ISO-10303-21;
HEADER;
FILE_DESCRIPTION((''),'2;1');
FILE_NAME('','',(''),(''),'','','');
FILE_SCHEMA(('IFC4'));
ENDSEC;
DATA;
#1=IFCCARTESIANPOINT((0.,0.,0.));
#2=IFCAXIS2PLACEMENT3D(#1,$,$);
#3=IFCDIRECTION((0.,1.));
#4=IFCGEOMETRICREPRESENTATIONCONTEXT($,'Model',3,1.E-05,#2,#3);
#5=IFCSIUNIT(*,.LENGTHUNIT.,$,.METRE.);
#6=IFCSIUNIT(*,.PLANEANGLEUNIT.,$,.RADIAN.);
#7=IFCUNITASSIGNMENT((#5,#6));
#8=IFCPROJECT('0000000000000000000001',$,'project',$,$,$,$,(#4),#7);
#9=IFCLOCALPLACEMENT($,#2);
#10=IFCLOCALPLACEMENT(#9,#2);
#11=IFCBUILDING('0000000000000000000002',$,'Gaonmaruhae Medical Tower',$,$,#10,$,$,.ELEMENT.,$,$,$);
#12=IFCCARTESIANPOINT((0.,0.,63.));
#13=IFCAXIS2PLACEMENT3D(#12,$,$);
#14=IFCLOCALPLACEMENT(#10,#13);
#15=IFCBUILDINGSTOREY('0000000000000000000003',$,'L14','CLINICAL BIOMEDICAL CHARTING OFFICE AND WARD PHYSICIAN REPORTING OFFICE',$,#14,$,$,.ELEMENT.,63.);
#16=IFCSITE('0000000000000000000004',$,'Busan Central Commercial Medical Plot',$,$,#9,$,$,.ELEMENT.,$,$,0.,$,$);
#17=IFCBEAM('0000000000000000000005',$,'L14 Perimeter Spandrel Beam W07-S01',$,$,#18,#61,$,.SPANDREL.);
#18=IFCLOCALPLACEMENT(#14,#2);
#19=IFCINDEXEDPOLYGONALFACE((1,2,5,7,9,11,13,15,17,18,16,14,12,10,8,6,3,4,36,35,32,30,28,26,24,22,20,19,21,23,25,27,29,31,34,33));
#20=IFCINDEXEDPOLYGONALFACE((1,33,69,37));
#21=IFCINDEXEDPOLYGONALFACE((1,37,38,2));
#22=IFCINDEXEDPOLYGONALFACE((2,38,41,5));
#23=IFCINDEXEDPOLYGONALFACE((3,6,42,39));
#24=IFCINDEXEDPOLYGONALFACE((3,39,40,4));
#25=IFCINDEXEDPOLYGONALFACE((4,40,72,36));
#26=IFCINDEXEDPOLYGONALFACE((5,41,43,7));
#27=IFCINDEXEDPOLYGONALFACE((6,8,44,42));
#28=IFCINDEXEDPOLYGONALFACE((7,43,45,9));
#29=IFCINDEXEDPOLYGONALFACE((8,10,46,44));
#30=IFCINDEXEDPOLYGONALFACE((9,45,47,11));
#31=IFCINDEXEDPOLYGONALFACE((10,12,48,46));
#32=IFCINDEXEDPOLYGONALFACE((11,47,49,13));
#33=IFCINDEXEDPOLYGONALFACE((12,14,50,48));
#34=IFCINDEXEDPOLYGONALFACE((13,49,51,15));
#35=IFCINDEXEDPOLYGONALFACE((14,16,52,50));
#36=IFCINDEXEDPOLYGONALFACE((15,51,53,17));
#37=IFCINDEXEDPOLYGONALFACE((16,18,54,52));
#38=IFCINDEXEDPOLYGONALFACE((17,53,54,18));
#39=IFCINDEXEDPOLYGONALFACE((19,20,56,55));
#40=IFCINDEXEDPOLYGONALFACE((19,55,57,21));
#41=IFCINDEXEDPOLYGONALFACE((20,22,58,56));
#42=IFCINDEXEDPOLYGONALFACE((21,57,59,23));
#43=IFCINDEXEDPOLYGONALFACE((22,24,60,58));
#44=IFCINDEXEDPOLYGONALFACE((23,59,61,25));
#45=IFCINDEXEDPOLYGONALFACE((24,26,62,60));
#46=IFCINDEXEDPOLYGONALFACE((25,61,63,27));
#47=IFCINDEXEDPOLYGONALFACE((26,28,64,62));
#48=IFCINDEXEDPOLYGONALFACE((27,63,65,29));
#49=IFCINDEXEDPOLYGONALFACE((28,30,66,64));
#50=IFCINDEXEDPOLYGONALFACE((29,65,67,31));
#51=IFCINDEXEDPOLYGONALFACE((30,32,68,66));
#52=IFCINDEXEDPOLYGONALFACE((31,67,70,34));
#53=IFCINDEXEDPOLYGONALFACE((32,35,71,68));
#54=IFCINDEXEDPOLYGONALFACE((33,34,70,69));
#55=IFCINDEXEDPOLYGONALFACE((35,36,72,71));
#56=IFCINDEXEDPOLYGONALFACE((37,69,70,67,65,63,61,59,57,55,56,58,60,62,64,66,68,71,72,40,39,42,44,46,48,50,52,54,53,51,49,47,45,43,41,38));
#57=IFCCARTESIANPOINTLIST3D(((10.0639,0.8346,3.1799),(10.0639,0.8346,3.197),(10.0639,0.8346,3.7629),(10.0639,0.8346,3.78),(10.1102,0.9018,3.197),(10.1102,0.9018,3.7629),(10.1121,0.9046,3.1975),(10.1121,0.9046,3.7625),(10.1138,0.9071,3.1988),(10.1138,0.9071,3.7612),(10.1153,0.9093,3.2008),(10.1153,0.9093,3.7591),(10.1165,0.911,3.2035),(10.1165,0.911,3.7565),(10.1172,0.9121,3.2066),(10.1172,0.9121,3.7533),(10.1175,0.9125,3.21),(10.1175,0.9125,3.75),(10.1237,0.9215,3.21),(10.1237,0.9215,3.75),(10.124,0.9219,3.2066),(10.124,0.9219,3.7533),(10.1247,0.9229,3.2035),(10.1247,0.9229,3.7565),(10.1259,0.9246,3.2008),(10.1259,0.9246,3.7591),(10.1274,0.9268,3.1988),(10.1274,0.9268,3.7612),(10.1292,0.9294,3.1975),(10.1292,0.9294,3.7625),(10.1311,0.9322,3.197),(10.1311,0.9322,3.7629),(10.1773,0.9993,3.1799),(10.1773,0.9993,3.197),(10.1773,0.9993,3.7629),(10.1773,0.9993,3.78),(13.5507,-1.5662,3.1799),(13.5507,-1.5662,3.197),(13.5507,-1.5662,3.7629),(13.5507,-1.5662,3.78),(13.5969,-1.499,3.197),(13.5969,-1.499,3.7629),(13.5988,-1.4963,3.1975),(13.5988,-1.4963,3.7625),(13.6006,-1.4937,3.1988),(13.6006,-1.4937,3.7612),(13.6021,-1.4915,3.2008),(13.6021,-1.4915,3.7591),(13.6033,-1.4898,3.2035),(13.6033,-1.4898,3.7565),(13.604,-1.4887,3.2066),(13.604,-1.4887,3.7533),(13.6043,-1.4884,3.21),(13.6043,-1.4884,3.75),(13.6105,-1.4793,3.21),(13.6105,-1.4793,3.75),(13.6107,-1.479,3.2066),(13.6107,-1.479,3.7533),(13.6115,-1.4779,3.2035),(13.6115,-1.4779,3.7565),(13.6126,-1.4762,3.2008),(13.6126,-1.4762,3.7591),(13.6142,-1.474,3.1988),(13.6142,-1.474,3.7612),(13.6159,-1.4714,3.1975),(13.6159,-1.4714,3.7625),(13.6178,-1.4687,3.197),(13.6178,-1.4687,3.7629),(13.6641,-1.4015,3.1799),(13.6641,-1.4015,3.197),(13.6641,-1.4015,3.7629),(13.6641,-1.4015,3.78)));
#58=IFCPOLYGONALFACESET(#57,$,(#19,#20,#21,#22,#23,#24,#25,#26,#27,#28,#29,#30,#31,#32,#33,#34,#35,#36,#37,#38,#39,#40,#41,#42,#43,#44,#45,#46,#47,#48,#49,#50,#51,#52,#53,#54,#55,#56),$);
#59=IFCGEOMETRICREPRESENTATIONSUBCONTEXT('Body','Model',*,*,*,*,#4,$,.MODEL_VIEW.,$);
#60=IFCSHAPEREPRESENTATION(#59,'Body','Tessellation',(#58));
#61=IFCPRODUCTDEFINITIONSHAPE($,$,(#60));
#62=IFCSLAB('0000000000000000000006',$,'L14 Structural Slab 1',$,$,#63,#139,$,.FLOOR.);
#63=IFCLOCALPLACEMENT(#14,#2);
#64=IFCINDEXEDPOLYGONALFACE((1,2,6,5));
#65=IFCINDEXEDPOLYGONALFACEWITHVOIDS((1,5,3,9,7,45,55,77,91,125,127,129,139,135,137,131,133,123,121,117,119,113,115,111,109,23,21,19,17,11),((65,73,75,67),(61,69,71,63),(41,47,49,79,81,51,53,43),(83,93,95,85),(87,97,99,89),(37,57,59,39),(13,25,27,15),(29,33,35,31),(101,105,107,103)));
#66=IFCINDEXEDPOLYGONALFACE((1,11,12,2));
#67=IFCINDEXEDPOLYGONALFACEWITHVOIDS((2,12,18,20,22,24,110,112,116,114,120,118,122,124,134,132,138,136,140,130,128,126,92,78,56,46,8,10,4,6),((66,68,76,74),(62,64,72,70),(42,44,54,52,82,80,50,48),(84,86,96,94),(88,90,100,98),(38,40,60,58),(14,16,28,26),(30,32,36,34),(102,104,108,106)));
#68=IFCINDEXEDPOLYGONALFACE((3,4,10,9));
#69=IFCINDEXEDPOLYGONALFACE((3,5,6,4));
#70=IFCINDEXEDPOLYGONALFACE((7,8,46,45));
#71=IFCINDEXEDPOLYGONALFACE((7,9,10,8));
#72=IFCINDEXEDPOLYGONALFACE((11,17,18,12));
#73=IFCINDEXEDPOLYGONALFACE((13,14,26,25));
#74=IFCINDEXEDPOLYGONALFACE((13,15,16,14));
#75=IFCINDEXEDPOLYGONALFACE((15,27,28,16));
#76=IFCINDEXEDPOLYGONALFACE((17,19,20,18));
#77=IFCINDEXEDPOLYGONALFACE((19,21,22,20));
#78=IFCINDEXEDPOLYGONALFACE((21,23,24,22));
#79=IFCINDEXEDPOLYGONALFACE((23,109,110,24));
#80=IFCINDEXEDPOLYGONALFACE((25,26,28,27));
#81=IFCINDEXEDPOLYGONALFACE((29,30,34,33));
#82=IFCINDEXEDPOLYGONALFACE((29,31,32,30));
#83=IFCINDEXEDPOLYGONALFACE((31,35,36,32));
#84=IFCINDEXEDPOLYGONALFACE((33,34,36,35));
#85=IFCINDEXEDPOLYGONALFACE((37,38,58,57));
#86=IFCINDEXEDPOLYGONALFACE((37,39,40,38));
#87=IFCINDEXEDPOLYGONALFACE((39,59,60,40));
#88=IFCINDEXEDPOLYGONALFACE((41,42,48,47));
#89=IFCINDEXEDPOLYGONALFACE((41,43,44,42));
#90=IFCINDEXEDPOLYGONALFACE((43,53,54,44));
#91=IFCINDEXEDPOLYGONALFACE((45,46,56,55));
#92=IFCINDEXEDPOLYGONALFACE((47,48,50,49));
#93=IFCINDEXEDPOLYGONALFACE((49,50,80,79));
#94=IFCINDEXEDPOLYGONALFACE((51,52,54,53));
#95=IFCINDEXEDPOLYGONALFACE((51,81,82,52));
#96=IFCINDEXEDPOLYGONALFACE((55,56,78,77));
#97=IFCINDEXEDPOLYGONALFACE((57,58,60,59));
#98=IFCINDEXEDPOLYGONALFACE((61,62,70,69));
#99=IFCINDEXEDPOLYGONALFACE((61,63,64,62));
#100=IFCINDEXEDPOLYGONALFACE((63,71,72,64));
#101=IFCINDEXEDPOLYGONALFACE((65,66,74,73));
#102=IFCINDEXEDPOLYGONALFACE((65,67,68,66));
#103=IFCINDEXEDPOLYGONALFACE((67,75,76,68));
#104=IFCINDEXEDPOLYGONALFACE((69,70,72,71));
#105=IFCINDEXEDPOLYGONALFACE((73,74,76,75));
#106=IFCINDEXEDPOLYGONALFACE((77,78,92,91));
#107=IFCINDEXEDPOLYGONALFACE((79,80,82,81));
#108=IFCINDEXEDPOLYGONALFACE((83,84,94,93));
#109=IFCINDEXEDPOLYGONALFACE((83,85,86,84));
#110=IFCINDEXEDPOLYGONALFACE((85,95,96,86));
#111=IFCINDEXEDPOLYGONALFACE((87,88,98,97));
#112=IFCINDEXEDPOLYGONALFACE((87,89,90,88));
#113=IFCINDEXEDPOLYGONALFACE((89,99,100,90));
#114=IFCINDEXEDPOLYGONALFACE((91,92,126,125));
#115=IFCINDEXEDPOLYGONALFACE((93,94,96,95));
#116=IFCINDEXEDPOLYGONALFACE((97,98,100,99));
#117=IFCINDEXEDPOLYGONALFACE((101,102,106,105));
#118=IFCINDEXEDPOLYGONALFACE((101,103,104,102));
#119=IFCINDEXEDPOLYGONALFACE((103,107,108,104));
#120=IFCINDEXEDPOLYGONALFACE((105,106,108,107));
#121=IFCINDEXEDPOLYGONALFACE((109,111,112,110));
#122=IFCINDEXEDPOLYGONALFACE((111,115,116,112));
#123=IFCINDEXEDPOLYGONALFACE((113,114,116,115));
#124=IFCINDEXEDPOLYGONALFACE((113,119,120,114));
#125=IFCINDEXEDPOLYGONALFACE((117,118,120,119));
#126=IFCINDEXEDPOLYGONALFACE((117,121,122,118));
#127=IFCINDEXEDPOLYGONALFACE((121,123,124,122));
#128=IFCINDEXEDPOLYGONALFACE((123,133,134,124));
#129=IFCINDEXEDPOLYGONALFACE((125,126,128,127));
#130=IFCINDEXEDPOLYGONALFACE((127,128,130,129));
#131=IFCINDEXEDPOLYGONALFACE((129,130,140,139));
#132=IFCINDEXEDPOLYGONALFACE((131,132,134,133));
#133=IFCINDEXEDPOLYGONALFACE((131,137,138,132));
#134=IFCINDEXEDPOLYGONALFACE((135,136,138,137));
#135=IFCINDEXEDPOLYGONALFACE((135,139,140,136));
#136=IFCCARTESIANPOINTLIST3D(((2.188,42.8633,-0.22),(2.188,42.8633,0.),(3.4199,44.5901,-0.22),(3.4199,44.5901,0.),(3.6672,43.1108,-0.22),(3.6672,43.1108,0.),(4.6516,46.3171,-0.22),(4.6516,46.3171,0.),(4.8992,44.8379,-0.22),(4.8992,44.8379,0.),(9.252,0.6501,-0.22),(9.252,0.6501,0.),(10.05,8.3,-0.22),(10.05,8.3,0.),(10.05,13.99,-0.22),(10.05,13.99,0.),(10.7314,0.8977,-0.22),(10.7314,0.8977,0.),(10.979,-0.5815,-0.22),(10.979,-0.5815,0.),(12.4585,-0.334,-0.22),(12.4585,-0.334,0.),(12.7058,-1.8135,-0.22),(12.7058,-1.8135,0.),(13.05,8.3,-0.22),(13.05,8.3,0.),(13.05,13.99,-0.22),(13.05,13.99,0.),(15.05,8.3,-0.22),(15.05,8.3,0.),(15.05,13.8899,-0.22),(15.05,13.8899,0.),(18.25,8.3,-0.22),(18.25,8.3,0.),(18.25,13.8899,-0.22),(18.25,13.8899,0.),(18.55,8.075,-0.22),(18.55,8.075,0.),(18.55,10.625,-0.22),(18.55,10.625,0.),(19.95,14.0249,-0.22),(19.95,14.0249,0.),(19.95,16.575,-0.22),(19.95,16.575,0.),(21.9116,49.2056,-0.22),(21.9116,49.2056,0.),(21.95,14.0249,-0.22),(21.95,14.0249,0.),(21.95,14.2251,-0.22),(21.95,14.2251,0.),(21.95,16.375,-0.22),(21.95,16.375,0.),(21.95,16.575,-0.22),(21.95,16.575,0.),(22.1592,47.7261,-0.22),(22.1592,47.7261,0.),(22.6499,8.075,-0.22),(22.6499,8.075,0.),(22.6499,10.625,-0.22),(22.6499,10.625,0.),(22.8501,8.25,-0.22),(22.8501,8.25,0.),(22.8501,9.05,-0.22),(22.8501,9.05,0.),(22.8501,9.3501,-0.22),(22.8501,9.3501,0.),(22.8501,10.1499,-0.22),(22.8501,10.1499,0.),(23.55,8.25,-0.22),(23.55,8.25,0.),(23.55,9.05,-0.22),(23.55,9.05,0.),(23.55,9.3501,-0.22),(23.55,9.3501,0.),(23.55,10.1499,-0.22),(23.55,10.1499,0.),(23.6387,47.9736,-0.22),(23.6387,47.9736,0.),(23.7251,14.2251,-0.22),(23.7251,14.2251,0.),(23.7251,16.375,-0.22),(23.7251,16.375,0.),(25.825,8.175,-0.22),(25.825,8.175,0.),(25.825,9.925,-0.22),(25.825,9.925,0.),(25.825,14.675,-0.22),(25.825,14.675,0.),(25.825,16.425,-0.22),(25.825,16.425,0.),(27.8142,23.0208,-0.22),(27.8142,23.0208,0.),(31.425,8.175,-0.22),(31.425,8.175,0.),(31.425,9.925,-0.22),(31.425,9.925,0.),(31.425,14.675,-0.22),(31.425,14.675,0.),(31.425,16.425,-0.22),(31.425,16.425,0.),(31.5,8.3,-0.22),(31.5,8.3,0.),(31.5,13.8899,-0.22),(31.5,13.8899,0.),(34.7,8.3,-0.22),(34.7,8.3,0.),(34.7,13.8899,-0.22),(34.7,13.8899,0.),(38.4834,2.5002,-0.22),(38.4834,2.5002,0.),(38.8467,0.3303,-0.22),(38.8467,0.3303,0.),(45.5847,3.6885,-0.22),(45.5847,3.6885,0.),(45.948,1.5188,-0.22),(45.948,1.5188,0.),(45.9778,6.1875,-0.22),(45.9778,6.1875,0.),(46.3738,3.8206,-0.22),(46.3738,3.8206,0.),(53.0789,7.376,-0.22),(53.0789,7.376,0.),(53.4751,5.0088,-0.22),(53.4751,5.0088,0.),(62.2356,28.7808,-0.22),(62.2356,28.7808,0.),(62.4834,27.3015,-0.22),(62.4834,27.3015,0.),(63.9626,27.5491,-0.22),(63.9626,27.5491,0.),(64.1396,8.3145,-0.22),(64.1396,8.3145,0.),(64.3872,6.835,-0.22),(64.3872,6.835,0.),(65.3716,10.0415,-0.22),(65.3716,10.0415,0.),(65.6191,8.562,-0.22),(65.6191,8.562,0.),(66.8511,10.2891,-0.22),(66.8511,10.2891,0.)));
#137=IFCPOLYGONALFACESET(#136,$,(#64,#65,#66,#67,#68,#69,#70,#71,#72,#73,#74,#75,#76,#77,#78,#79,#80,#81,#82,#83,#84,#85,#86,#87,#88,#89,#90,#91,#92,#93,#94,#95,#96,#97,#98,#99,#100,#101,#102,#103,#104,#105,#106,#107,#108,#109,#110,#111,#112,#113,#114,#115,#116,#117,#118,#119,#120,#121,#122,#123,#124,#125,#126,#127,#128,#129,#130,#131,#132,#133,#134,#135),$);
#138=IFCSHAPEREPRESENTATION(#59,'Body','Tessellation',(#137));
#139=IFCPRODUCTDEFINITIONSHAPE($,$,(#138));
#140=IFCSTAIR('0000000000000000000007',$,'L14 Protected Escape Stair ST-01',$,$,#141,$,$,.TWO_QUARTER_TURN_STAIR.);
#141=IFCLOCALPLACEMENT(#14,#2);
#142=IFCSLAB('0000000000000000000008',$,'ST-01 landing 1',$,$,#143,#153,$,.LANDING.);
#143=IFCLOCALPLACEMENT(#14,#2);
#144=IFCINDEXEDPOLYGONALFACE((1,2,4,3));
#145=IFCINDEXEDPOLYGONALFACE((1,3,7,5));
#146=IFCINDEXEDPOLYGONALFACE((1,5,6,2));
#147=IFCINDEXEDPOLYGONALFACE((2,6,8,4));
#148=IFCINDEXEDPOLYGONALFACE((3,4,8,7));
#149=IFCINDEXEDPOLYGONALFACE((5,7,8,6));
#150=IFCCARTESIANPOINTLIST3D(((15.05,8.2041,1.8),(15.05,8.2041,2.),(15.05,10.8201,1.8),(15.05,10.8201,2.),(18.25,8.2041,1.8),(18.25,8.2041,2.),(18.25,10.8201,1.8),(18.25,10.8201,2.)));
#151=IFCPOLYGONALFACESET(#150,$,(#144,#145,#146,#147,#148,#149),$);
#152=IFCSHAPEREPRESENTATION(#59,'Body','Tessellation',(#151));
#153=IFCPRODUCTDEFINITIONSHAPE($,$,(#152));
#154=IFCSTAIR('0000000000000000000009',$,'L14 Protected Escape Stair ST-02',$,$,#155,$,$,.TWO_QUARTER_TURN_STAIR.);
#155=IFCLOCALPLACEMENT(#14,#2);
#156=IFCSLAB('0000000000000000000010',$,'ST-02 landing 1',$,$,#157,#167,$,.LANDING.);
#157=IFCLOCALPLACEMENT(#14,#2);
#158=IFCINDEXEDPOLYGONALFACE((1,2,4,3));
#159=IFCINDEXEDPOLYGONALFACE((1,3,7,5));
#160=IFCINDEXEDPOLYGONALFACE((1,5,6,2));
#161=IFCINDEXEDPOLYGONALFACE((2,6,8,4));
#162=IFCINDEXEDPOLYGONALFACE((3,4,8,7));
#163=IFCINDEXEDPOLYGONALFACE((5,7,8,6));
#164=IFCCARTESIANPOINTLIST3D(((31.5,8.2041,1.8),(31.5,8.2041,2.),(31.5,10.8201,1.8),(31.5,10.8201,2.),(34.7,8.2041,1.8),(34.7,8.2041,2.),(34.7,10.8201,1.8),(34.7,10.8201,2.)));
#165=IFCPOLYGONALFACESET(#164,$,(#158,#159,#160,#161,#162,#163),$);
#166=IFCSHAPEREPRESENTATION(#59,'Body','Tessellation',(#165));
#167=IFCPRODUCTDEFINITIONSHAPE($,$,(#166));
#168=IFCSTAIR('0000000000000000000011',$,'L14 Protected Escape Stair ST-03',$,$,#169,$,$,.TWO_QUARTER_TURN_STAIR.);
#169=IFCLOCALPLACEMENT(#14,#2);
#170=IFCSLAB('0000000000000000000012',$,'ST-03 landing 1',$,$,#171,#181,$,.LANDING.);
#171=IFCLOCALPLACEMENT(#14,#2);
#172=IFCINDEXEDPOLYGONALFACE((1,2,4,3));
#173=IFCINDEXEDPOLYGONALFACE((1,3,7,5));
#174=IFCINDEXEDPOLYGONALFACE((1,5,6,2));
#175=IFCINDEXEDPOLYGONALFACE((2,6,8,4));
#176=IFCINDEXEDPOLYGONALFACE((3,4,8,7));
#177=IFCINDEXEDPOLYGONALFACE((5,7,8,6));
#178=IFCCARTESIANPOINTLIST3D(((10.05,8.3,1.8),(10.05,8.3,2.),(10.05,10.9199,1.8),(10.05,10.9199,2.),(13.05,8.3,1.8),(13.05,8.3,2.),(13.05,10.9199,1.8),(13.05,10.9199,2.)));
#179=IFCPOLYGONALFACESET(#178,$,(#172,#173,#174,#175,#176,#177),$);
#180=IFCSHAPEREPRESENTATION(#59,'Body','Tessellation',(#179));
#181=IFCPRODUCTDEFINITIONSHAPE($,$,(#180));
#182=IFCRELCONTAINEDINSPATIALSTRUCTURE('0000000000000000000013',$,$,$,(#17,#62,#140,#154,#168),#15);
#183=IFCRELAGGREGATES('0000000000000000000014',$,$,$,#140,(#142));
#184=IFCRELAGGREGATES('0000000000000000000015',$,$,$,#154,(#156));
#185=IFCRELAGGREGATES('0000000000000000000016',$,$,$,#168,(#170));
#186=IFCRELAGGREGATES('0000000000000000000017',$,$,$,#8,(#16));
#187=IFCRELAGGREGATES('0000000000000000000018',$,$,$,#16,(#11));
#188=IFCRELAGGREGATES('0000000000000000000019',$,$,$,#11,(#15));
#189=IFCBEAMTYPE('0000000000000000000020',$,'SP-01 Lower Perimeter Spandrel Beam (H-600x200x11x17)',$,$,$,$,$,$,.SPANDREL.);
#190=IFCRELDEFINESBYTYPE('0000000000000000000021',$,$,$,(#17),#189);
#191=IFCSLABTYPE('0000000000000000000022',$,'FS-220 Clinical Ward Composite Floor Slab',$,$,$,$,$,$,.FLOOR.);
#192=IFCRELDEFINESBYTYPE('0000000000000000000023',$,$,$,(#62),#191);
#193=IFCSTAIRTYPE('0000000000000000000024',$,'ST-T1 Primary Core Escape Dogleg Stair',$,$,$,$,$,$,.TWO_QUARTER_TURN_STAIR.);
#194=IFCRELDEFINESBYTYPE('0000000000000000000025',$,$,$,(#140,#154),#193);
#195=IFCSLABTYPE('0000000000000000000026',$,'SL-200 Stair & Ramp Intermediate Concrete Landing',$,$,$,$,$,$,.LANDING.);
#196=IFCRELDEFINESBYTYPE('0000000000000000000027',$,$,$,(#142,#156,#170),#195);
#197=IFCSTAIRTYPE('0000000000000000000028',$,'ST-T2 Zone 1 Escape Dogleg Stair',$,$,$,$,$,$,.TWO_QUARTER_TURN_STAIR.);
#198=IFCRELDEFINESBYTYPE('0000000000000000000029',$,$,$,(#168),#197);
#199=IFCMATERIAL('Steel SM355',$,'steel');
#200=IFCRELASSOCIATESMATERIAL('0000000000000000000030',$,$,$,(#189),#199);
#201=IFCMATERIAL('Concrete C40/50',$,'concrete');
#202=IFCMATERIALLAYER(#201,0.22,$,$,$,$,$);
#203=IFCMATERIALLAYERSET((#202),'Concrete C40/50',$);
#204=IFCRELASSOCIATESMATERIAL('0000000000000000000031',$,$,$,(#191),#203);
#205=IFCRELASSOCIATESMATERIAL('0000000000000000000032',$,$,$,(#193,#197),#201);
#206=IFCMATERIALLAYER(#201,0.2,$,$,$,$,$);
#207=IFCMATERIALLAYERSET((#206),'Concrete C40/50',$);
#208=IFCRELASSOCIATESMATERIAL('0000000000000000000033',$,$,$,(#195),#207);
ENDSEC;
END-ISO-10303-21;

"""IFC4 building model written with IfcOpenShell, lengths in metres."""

from ifc_helpers import new_model, si_unit, direction, frame, origin, origin_2d, place, context, subcontext, project, spatial, polyline, i_section, outline, extrude, material, layer, layer_set, material_profile, profile_set, type_object, element, aggregate, save


model = new_model("IFC4")

# Units and contexts
model_context = context("Model", 3, precision=1e-05, world=origin(), true_north=direction((0.0, 1.0)))
body_context = subcontext(model_context, "Body", "Model", "MODEL_VIEW")
ifc_project = project(units=[si_unit("LENGTHUNIT", "METRE"), si_unit("PLANEANGLEUNIT", "RADIAN")], contexts=[model_context])

# Site, building, storey
site_placement = place(None, origin())
site = spatial("IfcSite", under=ifc_project, at=site_placement, Name="Busan Central Commercial Medical Plot", CompositionType="ELEMENT", RefElevation=0.0)
building_placement = place(site_placement, origin())
building = spatial("IfcBuilding", under=site, at=building_placement, Name="Gaonmaruhae Medical Tower", CompositionType="ELEMENT")
storey_placement = place(building_placement, frame((0.0, 0.0, 63.0)))
storey = spatial("IfcBuildingStorey", under=building, at=storey_placement, Name="L14", Description="CLINICAL BIOMEDICAL CHARTING OFFICE AND WARD PHYSICIAN REPORTING OFFICE", CompositionType="ELEMENT", Elevation=63.0)

# Beam
ifc_material_1 = material(Name="Steel SM355", Category="steel")
ifc_material_profile_1 = material_profile(ifc_material_1, i_section(OverallWidth=0.2, OverallDepth=0.6001, WebThickness=0.011, FlangeThickness=0.0171, FilletRadius=0.0129, at=origin_2d()), Name="H-600x200x11x17")
ifc_profile_set_1 = profile_set([ifc_material_profile_1], Name="Steel SM355")
beam_type_1 = type_object("IfcBeamType", Name="SP-01 Lower Perimeter Spandrel Beam (H-600x200x11x17)", PredefinedType="SPANDREL", material=ifc_profile_set_1)
beam_1_placement = place(storey_placement, frame((10.1206, 0.917, 3.48), z_axis=(0.823635, -0.567121, 0.0), x_axis=(0.567121, 0.823635, 0.0)))
element("IfcBeam", 1, at=beam_1_placement, inside=storey, type_object=beam_type_1, Name="L14 Perimeter Spandrel Beam W07-S01", PredefinedType="SPANDREL", context=body_context, shape_type="SweptSolid", body=[
    extrude(i_section(OverallWidth=0.2, OverallDepth=0.6001, WebThickness=0.011, FlangeThickness=0.0171, FilletRadius=0.0129, at=origin_2d()), origin(), (0.0, 0.0, 1.0), 4.2334),
])

# Slab
ifc_material_2 = material(Name="Concrete C40/50", Category="concrete")
ifc_layer_1 = layer(ifc_material_2, 0.22)
ifc_layer_set_1 = layer_set([ifc_layer_1], Name="Concrete C40/50")
slab_type_1 = type_object("IfcSlabType", Name="FS-220 Clinical Ward Composite Floor Slab", PredefinedType="FLOOR", material=ifc_layer_set_1)
slab_1_placement = place(storey_placement, frame((0.0, 0.0, -0.22)))
element("IfcSlab", 2, at=slab_1_placement, inside=storey, type_object=slab_type_1, Name="L14 Structural Slab 1", PredefinedType="FLOOR", context=body_context, shape_type="SweptSolid", body=[
    extrude(outline(polyline([(12.4585, -0.334), (10.979, -0.5815), (10.7314, 0.8977), (9.252, 0.6501), (2.188, 42.8633), (3.6672, 43.1108), (3.4199, 44.5901), (4.8992, 44.8379), (4.6516, 46.3171), (21.9116, 49.2056), (22.1592, 47.7261), (23.6387, 47.9736), (27.8142, 23.0208), (62.2356, 28.7808), (62.4834, 27.3015), (63.9626, 27.5491), (66.8511, 10.2891), (65.3716, 10.0415), (65.6191, 8.562), (64.1396, 8.3145), (64.3872, 6.835), (53.4751, 5.0088), (53.0789, 7.376), (45.9778, 6.1875), (46.3738, 3.8206), (45.5847, 3.6885), (45.948, 1.5188), (38.8467, 0.3303), (38.4834, 2.5002), (12.7058, -1.8135), (12.4585, -0.334)]), holes=[polyline([(23.55, 8.25), (22.8501, 8.25), (22.8501, 9.05), (23.55, 9.05), (23.55, 8.25)]), polyline([(25.825, 9.925), (31.425, 9.925), (31.425, 8.175), (25.825, 8.175), (25.825, 9.925)]), polyline([(22.6499, 10.625), (22.6499, 8.075), (18.55, 8.075), (18.55, 10.625), (22.6499, 10.625)]), polyline([(23.55, 9.3501), (22.8501, 9.3501), (22.8501, 10.1499), (23.55, 10.1499), (23.55, 9.3501)]), polyline([(15.05, 13.8899), (18.25, 13.8899), (18.25, 8.3), (15.05, 8.3), (15.05, 13.8899)]), polyline([(31.5, 13.8899), (34.7, 13.8899), (34.7, 8.3), (31.5, 8.3), (31.5, 13.8899)]), polyline([(10.05, 13.99), (13.05, 13.99), (13.05, 8.3), (10.05, 8.3), (10.05, 13.99)]), polyline([(21.95, 14.0249), (19.95, 14.0249), (19.95, 16.575), (21.95, 16.575), (21.95, 16.375), (23.7251, 16.375), (23.7251, 14.2251), (21.95, 14.2251), (21.95, 14.0249)]), polyline([(31.425, 16.425), (31.425, 14.675), (25.825, 14.675), (25.825, 16.425), (31.425, 16.425)])]), origin(), (0.0, 0.0, 1.0), 0.22),
])

# Stairs, slabs
stair_type_1 = type_object("IfcStairType", Name="ST-T1 Primary Core Escape Dogleg Stair", PredefinedType="TWO_QUARTER_TURN_STAIR", material=ifc_material_2)
stair_1_placement = place(storey_placement, origin())
stair_1 = element("IfcStair", 3, at=stair_1_placement, inside=storey, type_object=stair_type_1, Name="L14 Protected Escape Stair ST-01", PredefinedType="TWO_QUARTER_TURN_STAIR")
ifc_layer_2 = layer(ifc_material_2, 0.2)
ifc_layer_set_2 = layer_set([ifc_layer_2], Name="Concrete C40/50")
slab_type_2 = type_object("IfcSlabType", Name="SL-200 Stair & Ramp Intermediate Concrete Landing", PredefinedType="LANDING", material=ifc_layer_set_2)
slab_2_placement = place(storey_placement, frame((0.0, 0.0, 1.8)))
slab_2 = element("IfcSlab", 4, at=slab_2_placement, type_object=slab_type_2, Name="ST-01 landing 1", PredefinedType="LANDING", context=body_context, shape_type="SweptSolid", body=[
    extrude(outline(polyline([(15.05, 10.8201), (15.05, 8.2041), (18.25, 8.2041), (18.25, 10.8201), (15.05, 10.8201)])), origin(), (0.0, 0.0, 1.0), 0.2),
])
aggregate(stair_1, [slab_2])
stair_2_placement = place(storey_placement, origin())
stair_2 = element("IfcStair", 5, at=stair_2_placement, inside=storey, type_object=stair_type_1, Name="L14 Protected Escape Stair ST-02", PredefinedType="TWO_QUARTER_TURN_STAIR")
slab_3_placement = place(storey_placement, frame((0.0, 0.0, 1.8)))
slab_3 = element("IfcSlab", 6, at=slab_3_placement, type_object=slab_type_2, Name="ST-02 landing 1", PredefinedType="LANDING", context=body_context, shape_type="SweptSolid", body=[
    extrude(outline(polyline([(31.5, 10.8201), (31.5, 8.2041), (34.7, 8.2041), (34.7, 10.8201), (31.5, 10.8201)])), origin(), (0.0, 0.0, 1.0), 0.2),
])
aggregate(stair_2, [slab_3])
stair_type_2 = type_object("IfcStairType", Name="ST-T2 Zone 1 Escape Dogleg Stair", PredefinedType="TWO_QUARTER_TURN_STAIR", material=ifc_material_2)
stair_3_placement = place(storey_placement, origin())
stair_3 = element("IfcStair", 7, at=stair_3_placement, inside=storey, type_object=stair_type_2, Name="L14 Protected Escape Stair ST-03", PredefinedType="TWO_QUARTER_TURN_STAIR")
slab_4_placement = place(storey_placement, frame((0.0, 0.0, 1.8)))
slab_4 = element("IfcSlab", 8, at=slab_4_placement, type_object=slab_type_2, Name="ST-03 landing 1", PredefinedType="LANDING", context=body_context, shape_type="SweptSolid", body=[
    extrude(outline(polyline([(10.05, 10.9199), (10.05, 8.3), (13.05, 8.3), (13.05, 10.9199), (10.05, 10.9199)])), origin(), (0.0, 0.0, 1.0), 0.2),
])
aggregate(stair_3, [slab_4])

save(model, "model.ifc")
